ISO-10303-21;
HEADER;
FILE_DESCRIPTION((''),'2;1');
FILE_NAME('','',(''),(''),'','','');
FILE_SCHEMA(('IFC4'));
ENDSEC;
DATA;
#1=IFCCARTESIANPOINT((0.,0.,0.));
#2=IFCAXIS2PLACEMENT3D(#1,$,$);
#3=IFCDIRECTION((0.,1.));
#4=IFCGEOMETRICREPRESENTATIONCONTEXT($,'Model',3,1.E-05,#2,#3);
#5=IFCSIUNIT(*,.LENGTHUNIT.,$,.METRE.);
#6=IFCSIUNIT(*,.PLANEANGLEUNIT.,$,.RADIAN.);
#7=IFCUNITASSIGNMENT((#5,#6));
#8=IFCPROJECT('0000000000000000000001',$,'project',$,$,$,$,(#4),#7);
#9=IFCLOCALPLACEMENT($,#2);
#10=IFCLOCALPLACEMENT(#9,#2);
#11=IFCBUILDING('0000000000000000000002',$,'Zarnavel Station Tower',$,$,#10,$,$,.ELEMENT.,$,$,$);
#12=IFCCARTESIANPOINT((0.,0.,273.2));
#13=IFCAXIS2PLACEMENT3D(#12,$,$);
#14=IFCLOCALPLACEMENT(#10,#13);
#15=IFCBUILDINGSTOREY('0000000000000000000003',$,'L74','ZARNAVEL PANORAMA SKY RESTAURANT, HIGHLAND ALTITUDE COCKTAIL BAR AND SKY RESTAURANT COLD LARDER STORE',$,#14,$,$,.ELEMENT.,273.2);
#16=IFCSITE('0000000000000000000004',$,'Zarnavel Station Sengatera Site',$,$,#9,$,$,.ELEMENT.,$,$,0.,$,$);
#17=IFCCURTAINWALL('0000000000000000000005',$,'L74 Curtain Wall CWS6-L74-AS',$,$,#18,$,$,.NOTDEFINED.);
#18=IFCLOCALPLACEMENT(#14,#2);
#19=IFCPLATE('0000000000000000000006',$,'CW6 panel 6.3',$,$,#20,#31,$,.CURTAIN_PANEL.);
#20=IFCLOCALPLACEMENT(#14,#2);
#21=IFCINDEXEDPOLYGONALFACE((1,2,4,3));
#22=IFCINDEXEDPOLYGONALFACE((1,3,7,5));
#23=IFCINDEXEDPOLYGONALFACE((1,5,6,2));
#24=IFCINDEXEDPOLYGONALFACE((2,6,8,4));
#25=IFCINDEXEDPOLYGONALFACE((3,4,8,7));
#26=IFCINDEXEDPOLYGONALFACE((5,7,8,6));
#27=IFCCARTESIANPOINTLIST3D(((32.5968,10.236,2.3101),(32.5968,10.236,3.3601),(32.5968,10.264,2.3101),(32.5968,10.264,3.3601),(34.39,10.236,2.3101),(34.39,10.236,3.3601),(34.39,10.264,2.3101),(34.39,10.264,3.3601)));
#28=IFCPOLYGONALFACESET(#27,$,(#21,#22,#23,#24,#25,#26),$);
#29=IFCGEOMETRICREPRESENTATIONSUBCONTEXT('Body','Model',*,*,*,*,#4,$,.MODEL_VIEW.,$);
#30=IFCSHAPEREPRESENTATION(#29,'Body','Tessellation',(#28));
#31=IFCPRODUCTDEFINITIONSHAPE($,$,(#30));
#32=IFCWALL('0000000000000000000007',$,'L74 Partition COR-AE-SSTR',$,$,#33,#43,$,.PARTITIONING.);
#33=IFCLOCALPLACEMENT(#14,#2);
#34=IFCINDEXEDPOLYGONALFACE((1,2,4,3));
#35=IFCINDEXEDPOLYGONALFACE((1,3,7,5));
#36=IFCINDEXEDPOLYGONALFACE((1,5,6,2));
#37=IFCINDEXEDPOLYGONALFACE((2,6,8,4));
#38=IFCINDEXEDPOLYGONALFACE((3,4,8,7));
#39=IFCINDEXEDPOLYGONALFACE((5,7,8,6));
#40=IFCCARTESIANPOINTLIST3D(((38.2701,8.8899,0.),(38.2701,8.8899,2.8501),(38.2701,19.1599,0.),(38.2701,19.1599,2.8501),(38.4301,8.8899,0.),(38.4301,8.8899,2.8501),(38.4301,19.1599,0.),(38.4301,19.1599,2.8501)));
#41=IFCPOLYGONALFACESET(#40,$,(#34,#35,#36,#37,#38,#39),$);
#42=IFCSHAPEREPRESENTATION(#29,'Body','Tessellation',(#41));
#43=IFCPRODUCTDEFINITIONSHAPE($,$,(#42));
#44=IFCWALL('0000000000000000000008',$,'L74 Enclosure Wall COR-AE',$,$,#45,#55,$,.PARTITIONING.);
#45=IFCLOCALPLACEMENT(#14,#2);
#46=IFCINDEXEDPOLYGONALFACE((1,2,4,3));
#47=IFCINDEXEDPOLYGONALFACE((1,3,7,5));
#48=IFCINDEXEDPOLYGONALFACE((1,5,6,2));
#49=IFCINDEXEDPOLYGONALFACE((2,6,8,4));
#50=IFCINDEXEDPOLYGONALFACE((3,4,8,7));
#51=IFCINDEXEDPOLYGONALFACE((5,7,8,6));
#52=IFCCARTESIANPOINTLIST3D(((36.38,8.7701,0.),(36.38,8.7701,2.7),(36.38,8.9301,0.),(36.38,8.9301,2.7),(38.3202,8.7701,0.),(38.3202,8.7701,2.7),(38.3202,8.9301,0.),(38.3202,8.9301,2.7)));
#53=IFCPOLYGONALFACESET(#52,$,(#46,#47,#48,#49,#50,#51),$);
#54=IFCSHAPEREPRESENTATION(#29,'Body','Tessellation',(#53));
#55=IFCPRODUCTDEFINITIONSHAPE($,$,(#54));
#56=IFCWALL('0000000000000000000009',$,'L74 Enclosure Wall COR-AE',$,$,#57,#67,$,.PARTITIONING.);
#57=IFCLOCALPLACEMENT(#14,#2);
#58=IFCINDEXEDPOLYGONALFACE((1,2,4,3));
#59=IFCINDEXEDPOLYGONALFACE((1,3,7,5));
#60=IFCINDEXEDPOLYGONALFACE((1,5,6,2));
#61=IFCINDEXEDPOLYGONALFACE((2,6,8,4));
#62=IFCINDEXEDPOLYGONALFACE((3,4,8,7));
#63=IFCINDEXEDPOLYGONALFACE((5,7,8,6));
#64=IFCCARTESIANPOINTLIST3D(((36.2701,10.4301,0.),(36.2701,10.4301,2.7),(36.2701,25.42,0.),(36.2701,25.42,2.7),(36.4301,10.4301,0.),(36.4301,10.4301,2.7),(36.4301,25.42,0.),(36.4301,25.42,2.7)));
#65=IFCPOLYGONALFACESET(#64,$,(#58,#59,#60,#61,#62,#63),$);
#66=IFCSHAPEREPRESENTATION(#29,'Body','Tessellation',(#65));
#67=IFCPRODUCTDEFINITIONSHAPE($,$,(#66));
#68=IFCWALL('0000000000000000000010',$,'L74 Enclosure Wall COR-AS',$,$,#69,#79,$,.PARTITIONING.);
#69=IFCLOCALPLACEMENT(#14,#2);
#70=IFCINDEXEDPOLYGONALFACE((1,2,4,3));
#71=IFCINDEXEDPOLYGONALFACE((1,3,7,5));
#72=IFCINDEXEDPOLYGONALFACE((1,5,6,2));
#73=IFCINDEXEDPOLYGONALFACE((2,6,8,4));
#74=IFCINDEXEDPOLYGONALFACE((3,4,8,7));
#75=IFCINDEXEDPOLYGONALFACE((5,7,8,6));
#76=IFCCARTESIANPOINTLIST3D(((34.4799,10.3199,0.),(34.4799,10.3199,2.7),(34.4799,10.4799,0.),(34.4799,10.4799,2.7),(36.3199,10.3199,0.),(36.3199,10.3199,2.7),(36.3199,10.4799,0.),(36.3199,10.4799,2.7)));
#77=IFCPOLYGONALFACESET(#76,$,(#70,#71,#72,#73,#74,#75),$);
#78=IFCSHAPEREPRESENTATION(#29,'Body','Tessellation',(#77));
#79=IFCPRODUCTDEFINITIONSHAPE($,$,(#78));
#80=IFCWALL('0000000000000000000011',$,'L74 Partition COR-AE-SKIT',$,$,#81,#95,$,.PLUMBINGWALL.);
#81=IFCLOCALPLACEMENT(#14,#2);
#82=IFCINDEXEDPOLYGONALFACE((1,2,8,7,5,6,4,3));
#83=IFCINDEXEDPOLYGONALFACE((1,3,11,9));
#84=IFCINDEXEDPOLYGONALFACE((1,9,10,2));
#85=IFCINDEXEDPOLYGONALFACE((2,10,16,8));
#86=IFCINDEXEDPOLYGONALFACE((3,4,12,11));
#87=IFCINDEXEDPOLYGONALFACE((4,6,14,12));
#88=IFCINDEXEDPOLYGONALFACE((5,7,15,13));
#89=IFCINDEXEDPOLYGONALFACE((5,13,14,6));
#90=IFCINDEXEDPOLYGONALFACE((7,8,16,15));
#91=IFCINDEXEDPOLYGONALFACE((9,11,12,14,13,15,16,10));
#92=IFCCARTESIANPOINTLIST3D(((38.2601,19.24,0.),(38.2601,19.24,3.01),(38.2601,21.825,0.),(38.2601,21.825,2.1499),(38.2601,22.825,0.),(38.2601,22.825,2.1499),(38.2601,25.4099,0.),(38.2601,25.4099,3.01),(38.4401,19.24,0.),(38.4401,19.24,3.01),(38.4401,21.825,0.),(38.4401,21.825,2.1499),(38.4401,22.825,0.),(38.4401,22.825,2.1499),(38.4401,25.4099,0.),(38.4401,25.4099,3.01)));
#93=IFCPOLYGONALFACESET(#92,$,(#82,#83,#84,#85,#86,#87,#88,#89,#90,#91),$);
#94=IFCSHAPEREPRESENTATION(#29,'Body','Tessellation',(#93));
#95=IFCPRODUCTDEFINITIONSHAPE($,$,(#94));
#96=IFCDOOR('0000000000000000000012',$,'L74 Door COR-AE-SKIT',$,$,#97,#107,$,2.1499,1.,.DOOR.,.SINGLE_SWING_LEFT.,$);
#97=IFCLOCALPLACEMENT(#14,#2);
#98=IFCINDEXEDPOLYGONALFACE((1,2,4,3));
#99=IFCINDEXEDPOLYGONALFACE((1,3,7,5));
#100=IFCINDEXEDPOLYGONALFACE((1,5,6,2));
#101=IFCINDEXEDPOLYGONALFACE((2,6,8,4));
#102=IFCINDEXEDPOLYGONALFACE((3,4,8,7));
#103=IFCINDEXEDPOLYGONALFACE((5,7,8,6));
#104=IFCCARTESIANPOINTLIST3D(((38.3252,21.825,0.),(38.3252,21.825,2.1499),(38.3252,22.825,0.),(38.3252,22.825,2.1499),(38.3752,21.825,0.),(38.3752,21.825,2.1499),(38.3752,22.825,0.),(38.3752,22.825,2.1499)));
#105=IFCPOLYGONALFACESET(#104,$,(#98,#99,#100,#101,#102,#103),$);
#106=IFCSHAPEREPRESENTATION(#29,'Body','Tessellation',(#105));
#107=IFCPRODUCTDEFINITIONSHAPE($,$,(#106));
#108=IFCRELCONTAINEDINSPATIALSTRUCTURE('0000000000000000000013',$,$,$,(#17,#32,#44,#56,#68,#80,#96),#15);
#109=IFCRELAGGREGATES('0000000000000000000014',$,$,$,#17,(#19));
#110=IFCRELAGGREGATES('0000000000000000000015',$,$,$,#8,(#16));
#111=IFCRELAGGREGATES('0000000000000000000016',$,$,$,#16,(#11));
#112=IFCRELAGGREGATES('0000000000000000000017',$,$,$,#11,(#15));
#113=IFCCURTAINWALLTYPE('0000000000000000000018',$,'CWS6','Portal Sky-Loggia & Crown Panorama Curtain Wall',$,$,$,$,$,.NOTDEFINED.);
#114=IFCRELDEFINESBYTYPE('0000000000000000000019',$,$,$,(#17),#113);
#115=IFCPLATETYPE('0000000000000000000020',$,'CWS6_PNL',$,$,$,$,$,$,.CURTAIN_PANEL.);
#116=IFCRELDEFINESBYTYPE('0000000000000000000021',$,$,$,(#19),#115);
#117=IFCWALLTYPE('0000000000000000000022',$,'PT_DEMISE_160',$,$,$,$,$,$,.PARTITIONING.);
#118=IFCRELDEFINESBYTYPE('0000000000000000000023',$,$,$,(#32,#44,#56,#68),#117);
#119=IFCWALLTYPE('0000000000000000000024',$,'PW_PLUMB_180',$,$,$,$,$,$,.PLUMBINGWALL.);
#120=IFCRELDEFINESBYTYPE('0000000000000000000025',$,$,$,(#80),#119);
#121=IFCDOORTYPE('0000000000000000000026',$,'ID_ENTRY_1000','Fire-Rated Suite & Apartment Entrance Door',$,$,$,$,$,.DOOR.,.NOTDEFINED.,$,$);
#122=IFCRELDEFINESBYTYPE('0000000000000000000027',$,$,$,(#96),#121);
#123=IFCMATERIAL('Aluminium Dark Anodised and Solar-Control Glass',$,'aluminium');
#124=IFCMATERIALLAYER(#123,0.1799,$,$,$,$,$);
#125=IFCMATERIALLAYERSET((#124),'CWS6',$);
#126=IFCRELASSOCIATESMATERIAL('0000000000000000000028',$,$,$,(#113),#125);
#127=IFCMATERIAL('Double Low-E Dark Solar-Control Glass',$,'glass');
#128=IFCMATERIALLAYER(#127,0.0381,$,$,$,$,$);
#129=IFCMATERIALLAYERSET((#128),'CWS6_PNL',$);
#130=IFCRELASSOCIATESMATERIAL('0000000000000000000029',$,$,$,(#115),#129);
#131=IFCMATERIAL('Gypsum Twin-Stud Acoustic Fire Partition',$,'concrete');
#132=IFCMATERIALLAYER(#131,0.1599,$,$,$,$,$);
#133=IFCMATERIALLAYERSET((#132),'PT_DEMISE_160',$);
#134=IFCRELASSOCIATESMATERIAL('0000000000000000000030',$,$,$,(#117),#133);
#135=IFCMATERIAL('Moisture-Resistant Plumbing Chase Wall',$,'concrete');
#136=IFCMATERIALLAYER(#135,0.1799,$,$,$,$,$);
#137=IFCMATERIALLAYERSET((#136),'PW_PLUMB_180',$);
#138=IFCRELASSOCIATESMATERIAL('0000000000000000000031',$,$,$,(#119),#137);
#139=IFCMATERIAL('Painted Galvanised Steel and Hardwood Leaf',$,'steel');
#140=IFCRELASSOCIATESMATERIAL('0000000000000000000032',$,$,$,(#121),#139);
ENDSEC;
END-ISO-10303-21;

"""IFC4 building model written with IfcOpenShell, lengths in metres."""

from ifc_helpers import new_model, si_unit, direction, frame, frame_2d, origin, origin_2d, place, context, subcontext, project, spatial, rectangle, extrude, material, layer, layer_set, type_object, element, fill, aggregate, save


model = new_model("IFC4")

# Units and contexts
model_context = context("Model", 3, precision=1e-05, world=origin(), true_north=direction((0.0, 1.0)))
body_context = subcontext(model_context, "Body", "Model", "MODEL_VIEW")
ifc_project = project(units=[si_unit("LENGTHUNIT", "METRE"), si_unit("PLANEANGLEUNIT", "RADIAN")], contexts=[model_context])

# Site, building, storey
site_placement = place(None, origin())
site = spatial("IfcSite", under=ifc_project, at=site_placement, Name="Zarnavel Station Sengatera Site", CompositionType="ELEMENT", RefElevation=0.0)
building_placement = place(site_placement, origin())
building = spatial("IfcBuilding", under=site, at=building_placement, Name="Zarnavel Station Tower", CompositionType="ELEMENT")
storey_placement = place(building_placement, frame((0.0, 0.0, 273.2)))
storey = spatial("IfcBuildingStorey", under=building, at=storey_placement, Name="L74", Description="ZARNAVEL PANORAMA SKY RESTAURANT, HIGHLAND ALTITUDE COCKTAIL BAR AND SKY RESTAURANT COLD LARDER STORE", CompositionType="ELEMENT", Elevation=273.2)

# Curtain wall
ifc_material_1 = material(Name="Aluminium Dark Anodised and Solar-Control Glass", Category="aluminium")
ifc_layer_1 = layer(ifc_material_1, 0.1799)
ifc_layer_set_1 = layer_set([ifc_layer_1], Name="CWS6")
curtain_wall_type = type_object("IfcCurtainWallType", Name="CWS6", Description="Portal Sky-Loggia & Crown Panorama Curtain Wall", PredefinedType="NOTDEFINED", material=ifc_layer_set_1)
curtain_wall_placement = place(storey_placement, origin())
curtain_wall = element("IfcCurtainWall", 1, at=curtain_wall_placement, inside=storey, type_object=curtain_wall_type, Name="L74 Curtain Wall CWS6-L74-AS", PredefinedType="NOTDEFINED")

# Plate
ifc_material_2 = material(Name="Double Low-E Dark Solar-Control Glass", Category="glass")
ifc_layer_2 = layer(ifc_material_2, 0.0381)
ifc_layer_set_2 = layer_set([ifc_layer_2], Name="CWS6_PNL")
plate_type = type_object("IfcPlateType", Name="CWS6_PNL", PredefinedType="CURTAIN_PANEL", material=ifc_layer_set_2)
plate_1_placement = place(storey_placement, frame((33.4934, 10.25, 2.3101), z_axis=(0.0, 0.0, 1.0), x_axis=(1.0, 0.0, 0.0)))
plate_1 = element("IfcPlate", 2, at=plate_1_placement, type_object=plate_type, Name="CW6 panel 6.3", PredefinedType="CURTAIN_PANEL", context=body_context, shape_type="SweptSolid", body=[
    extrude(rectangle(XDim=1.7932, YDim=0.0281, at=origin_2d()), origin(), (0.0, 0.0, 1.0), 1.05),
])
aggregate(curtain_wall, [plate_1])

# Walls
ifc_material_3 = material(Name="Gypsum Twin-Stud Acoustic Fire Partition", Category="concrete")
ifc_layer_3 = layer(ifc_material_3, 0.1599)
ifc_layer_set_3 = layer_set([ifc_layer_3], Name="PT_DEMISE_160")
wall_type_1 = type_object("IfcWallType", Name="PT_DEMISE_160", PredefinedType="PARTITIONING", material=ifc_layer_set_3)
wall_1_placement = place(storey_placement, frame((38.3501, 8.8899, 0.0), z_axis=(0.0, 0.0, 1.0), x_axis=(0.0, 1.0, 0.0)))
element("IfcWall", 3, at=wall_1_placement, inside=storey, type_object=wall_type_1, Name="L74 Partition COR-AE-SSTR", PredefinedType="PARTITIONING", context=body_context, shape_type="SweptSolid", body=[
    extrude(rectangle(XDim=10.27, YDim=0.1599, at=frame_2d((5.135, 0.0))), origin(), (0.0, 0.0, 1.0), 2.8501),
])
wall_2_placement = place(storey_placement, frame((36.3799, 8.8501, 0.0), z_axis=(0.0, 0.0, 1.0), x_axis=(1.0, 0.0, 0.0)))
element("IfcWall", 4, at=wall_2_placement, inside=storey, type_object=wall_type_1, Name="L74 Enclosure Wall COR-AE", PredefinedType="PARTITIONING", context=body_context, shape_type="SweptSolid", body=[
    extrude(rectangle(XDim=1.9402, YDim=0.1599, at=frame_2d((0.9702, 0.0))), origin(), (0.0, 0.0, 1.0), 2.7),
])
wall_3_placement = place(storey_placement, frame((36.3501, 10.4299, 0.0), z_axis=(0.0, 0.0, 1.0), x_axis=(0.0, 1.0, 0.0)))
element("IfcWall", 5, at=wall_3_placement, inside=storey, type_object=wall_type_1, Name="L74 Enclosure Wall COR-AE", PredefinedType="PARTITIONING", context=body_context, shape_type="SweptSolid", body=[
    extrude(rectangle(XDim=14.99, YDim=0.1599, at=frame_2d((7.4951, 0.0))), origin(), (0.0, 0.0, 1.0), 2.7),
])
wall_4_placement = place(storey_placement, frame((34.48, 10.3999, 0.0), z_axis=(0.0, 0.0, 1.0), x_axis=(1.0, 0.0, 0.0)))
element("IfcWall", 6, at=wall_4_placement, inside=storey, type_object=wall_type_1, Name="L74 Enclosure Wall COR-AS", PredefinedType="PARTITIONING", context=body_context, shape_type="SweptSolid", body=[
    extrude(rectangle(XDim=1.8401, YDim=0.1599, at=frame_2d((0.9199, 0.0))), origin(), (0.0, 0.0, 1.0), 2.7),
])

# Wall, opening, door
ifc_material_4 = material(Name="Moisture-Resistant Plumbing Chase Wall", Category="concrete")
ifc_layer_4 = layer(ifc_material_4, 0.1799)
ifc_layer_set_4 = layer_set([ifc_layer_4], Name="PW_PLUMB_180")
wall_type_2 = type_object("IfcWallType", Name="PW_PLUMB_180", PredefinedType="PLUMBINGWALL", material=ifc_layer_set_4)
wall_5_placement = place(storey_placement, frame((38.3501, 19.24, 0.0), z_axis=(0.0, 0.0, 1.0), x_axis=(0.0, 1.0, 0.0)))
wall_5 = element("IfcWall", 7, at=wall_5_placement, inside=storey, type_object=wall_type_2, Name="L74 Partition COR-AE-SKIT", PredefinedType="PLUMBINGWALL", context=body_context, shape_type="SweptSolid", body=[
    extrude(rectangle(XDim=6.1699, YDim=0.1799, at=frame_2d((3.085, 0.0))), origin(), (0.0, 0.0, 1.0), 3.01),
])
opening_1_placement = place(wall_5_placement, frame((2.585, 0.0, 0.0)))
opening_1 = element("IfcOpeningElement", 8, at=opening_1_placement, cuts=wall_5, PredefinedType="OPENING", context=body_context, shape_type="SweptSolid", body=[
    extrude(rectangle(XDim=1.0, YDim=2.1499, at=frame_2d((0.5, 1.075))), frame((0.0, 0.0999, 0.0), z_axis=(0.0, -1.0, 0.0), x_axis=(1.0, 0.0, 0.0)), (0.0, 0.0, 1.0), 0.2),
])
ifc_material_5 = material(Name="Painted Galvanised Steel and Hardwood Leaf", Category="steel")
door_type = type_object("IfcDoorType", Name="ID_ENTRY_1000", Description="Fire-Rated Suite & Apartment Entrance Door", OperationType="NOTDEFINED", PredefinedType="DOOR", material=ifc_material_5)
door_1_placement = place(opening_1_placement, origin())
door_1 = element("IfcDoor", 9, at=door_1_placement, inside=storey, type_object=door_type, Name="L74 Door COR-AE-SKIT", OperationType="SINGLE_SWING_LEFT", OverallHeight=2.1499, OverallWidth=1.0, PredefinedType="DOOR", context=body_context, shape_type="SweptSolid", body=[
    extrude(rectangle(XDim=1.0, YDim=2.1499, at=frame_2d((0.5, 1.075))), frame((0.0, 0.0249, 0.0), z_axis=(0.0, -1.0, 0.0), x_axis=(1.0, 0.0, 0.0)), (0.0, 0.0, 1.0), 0.05),
])
fill(opening_1, door_1)

save(model, "model.ifc")
